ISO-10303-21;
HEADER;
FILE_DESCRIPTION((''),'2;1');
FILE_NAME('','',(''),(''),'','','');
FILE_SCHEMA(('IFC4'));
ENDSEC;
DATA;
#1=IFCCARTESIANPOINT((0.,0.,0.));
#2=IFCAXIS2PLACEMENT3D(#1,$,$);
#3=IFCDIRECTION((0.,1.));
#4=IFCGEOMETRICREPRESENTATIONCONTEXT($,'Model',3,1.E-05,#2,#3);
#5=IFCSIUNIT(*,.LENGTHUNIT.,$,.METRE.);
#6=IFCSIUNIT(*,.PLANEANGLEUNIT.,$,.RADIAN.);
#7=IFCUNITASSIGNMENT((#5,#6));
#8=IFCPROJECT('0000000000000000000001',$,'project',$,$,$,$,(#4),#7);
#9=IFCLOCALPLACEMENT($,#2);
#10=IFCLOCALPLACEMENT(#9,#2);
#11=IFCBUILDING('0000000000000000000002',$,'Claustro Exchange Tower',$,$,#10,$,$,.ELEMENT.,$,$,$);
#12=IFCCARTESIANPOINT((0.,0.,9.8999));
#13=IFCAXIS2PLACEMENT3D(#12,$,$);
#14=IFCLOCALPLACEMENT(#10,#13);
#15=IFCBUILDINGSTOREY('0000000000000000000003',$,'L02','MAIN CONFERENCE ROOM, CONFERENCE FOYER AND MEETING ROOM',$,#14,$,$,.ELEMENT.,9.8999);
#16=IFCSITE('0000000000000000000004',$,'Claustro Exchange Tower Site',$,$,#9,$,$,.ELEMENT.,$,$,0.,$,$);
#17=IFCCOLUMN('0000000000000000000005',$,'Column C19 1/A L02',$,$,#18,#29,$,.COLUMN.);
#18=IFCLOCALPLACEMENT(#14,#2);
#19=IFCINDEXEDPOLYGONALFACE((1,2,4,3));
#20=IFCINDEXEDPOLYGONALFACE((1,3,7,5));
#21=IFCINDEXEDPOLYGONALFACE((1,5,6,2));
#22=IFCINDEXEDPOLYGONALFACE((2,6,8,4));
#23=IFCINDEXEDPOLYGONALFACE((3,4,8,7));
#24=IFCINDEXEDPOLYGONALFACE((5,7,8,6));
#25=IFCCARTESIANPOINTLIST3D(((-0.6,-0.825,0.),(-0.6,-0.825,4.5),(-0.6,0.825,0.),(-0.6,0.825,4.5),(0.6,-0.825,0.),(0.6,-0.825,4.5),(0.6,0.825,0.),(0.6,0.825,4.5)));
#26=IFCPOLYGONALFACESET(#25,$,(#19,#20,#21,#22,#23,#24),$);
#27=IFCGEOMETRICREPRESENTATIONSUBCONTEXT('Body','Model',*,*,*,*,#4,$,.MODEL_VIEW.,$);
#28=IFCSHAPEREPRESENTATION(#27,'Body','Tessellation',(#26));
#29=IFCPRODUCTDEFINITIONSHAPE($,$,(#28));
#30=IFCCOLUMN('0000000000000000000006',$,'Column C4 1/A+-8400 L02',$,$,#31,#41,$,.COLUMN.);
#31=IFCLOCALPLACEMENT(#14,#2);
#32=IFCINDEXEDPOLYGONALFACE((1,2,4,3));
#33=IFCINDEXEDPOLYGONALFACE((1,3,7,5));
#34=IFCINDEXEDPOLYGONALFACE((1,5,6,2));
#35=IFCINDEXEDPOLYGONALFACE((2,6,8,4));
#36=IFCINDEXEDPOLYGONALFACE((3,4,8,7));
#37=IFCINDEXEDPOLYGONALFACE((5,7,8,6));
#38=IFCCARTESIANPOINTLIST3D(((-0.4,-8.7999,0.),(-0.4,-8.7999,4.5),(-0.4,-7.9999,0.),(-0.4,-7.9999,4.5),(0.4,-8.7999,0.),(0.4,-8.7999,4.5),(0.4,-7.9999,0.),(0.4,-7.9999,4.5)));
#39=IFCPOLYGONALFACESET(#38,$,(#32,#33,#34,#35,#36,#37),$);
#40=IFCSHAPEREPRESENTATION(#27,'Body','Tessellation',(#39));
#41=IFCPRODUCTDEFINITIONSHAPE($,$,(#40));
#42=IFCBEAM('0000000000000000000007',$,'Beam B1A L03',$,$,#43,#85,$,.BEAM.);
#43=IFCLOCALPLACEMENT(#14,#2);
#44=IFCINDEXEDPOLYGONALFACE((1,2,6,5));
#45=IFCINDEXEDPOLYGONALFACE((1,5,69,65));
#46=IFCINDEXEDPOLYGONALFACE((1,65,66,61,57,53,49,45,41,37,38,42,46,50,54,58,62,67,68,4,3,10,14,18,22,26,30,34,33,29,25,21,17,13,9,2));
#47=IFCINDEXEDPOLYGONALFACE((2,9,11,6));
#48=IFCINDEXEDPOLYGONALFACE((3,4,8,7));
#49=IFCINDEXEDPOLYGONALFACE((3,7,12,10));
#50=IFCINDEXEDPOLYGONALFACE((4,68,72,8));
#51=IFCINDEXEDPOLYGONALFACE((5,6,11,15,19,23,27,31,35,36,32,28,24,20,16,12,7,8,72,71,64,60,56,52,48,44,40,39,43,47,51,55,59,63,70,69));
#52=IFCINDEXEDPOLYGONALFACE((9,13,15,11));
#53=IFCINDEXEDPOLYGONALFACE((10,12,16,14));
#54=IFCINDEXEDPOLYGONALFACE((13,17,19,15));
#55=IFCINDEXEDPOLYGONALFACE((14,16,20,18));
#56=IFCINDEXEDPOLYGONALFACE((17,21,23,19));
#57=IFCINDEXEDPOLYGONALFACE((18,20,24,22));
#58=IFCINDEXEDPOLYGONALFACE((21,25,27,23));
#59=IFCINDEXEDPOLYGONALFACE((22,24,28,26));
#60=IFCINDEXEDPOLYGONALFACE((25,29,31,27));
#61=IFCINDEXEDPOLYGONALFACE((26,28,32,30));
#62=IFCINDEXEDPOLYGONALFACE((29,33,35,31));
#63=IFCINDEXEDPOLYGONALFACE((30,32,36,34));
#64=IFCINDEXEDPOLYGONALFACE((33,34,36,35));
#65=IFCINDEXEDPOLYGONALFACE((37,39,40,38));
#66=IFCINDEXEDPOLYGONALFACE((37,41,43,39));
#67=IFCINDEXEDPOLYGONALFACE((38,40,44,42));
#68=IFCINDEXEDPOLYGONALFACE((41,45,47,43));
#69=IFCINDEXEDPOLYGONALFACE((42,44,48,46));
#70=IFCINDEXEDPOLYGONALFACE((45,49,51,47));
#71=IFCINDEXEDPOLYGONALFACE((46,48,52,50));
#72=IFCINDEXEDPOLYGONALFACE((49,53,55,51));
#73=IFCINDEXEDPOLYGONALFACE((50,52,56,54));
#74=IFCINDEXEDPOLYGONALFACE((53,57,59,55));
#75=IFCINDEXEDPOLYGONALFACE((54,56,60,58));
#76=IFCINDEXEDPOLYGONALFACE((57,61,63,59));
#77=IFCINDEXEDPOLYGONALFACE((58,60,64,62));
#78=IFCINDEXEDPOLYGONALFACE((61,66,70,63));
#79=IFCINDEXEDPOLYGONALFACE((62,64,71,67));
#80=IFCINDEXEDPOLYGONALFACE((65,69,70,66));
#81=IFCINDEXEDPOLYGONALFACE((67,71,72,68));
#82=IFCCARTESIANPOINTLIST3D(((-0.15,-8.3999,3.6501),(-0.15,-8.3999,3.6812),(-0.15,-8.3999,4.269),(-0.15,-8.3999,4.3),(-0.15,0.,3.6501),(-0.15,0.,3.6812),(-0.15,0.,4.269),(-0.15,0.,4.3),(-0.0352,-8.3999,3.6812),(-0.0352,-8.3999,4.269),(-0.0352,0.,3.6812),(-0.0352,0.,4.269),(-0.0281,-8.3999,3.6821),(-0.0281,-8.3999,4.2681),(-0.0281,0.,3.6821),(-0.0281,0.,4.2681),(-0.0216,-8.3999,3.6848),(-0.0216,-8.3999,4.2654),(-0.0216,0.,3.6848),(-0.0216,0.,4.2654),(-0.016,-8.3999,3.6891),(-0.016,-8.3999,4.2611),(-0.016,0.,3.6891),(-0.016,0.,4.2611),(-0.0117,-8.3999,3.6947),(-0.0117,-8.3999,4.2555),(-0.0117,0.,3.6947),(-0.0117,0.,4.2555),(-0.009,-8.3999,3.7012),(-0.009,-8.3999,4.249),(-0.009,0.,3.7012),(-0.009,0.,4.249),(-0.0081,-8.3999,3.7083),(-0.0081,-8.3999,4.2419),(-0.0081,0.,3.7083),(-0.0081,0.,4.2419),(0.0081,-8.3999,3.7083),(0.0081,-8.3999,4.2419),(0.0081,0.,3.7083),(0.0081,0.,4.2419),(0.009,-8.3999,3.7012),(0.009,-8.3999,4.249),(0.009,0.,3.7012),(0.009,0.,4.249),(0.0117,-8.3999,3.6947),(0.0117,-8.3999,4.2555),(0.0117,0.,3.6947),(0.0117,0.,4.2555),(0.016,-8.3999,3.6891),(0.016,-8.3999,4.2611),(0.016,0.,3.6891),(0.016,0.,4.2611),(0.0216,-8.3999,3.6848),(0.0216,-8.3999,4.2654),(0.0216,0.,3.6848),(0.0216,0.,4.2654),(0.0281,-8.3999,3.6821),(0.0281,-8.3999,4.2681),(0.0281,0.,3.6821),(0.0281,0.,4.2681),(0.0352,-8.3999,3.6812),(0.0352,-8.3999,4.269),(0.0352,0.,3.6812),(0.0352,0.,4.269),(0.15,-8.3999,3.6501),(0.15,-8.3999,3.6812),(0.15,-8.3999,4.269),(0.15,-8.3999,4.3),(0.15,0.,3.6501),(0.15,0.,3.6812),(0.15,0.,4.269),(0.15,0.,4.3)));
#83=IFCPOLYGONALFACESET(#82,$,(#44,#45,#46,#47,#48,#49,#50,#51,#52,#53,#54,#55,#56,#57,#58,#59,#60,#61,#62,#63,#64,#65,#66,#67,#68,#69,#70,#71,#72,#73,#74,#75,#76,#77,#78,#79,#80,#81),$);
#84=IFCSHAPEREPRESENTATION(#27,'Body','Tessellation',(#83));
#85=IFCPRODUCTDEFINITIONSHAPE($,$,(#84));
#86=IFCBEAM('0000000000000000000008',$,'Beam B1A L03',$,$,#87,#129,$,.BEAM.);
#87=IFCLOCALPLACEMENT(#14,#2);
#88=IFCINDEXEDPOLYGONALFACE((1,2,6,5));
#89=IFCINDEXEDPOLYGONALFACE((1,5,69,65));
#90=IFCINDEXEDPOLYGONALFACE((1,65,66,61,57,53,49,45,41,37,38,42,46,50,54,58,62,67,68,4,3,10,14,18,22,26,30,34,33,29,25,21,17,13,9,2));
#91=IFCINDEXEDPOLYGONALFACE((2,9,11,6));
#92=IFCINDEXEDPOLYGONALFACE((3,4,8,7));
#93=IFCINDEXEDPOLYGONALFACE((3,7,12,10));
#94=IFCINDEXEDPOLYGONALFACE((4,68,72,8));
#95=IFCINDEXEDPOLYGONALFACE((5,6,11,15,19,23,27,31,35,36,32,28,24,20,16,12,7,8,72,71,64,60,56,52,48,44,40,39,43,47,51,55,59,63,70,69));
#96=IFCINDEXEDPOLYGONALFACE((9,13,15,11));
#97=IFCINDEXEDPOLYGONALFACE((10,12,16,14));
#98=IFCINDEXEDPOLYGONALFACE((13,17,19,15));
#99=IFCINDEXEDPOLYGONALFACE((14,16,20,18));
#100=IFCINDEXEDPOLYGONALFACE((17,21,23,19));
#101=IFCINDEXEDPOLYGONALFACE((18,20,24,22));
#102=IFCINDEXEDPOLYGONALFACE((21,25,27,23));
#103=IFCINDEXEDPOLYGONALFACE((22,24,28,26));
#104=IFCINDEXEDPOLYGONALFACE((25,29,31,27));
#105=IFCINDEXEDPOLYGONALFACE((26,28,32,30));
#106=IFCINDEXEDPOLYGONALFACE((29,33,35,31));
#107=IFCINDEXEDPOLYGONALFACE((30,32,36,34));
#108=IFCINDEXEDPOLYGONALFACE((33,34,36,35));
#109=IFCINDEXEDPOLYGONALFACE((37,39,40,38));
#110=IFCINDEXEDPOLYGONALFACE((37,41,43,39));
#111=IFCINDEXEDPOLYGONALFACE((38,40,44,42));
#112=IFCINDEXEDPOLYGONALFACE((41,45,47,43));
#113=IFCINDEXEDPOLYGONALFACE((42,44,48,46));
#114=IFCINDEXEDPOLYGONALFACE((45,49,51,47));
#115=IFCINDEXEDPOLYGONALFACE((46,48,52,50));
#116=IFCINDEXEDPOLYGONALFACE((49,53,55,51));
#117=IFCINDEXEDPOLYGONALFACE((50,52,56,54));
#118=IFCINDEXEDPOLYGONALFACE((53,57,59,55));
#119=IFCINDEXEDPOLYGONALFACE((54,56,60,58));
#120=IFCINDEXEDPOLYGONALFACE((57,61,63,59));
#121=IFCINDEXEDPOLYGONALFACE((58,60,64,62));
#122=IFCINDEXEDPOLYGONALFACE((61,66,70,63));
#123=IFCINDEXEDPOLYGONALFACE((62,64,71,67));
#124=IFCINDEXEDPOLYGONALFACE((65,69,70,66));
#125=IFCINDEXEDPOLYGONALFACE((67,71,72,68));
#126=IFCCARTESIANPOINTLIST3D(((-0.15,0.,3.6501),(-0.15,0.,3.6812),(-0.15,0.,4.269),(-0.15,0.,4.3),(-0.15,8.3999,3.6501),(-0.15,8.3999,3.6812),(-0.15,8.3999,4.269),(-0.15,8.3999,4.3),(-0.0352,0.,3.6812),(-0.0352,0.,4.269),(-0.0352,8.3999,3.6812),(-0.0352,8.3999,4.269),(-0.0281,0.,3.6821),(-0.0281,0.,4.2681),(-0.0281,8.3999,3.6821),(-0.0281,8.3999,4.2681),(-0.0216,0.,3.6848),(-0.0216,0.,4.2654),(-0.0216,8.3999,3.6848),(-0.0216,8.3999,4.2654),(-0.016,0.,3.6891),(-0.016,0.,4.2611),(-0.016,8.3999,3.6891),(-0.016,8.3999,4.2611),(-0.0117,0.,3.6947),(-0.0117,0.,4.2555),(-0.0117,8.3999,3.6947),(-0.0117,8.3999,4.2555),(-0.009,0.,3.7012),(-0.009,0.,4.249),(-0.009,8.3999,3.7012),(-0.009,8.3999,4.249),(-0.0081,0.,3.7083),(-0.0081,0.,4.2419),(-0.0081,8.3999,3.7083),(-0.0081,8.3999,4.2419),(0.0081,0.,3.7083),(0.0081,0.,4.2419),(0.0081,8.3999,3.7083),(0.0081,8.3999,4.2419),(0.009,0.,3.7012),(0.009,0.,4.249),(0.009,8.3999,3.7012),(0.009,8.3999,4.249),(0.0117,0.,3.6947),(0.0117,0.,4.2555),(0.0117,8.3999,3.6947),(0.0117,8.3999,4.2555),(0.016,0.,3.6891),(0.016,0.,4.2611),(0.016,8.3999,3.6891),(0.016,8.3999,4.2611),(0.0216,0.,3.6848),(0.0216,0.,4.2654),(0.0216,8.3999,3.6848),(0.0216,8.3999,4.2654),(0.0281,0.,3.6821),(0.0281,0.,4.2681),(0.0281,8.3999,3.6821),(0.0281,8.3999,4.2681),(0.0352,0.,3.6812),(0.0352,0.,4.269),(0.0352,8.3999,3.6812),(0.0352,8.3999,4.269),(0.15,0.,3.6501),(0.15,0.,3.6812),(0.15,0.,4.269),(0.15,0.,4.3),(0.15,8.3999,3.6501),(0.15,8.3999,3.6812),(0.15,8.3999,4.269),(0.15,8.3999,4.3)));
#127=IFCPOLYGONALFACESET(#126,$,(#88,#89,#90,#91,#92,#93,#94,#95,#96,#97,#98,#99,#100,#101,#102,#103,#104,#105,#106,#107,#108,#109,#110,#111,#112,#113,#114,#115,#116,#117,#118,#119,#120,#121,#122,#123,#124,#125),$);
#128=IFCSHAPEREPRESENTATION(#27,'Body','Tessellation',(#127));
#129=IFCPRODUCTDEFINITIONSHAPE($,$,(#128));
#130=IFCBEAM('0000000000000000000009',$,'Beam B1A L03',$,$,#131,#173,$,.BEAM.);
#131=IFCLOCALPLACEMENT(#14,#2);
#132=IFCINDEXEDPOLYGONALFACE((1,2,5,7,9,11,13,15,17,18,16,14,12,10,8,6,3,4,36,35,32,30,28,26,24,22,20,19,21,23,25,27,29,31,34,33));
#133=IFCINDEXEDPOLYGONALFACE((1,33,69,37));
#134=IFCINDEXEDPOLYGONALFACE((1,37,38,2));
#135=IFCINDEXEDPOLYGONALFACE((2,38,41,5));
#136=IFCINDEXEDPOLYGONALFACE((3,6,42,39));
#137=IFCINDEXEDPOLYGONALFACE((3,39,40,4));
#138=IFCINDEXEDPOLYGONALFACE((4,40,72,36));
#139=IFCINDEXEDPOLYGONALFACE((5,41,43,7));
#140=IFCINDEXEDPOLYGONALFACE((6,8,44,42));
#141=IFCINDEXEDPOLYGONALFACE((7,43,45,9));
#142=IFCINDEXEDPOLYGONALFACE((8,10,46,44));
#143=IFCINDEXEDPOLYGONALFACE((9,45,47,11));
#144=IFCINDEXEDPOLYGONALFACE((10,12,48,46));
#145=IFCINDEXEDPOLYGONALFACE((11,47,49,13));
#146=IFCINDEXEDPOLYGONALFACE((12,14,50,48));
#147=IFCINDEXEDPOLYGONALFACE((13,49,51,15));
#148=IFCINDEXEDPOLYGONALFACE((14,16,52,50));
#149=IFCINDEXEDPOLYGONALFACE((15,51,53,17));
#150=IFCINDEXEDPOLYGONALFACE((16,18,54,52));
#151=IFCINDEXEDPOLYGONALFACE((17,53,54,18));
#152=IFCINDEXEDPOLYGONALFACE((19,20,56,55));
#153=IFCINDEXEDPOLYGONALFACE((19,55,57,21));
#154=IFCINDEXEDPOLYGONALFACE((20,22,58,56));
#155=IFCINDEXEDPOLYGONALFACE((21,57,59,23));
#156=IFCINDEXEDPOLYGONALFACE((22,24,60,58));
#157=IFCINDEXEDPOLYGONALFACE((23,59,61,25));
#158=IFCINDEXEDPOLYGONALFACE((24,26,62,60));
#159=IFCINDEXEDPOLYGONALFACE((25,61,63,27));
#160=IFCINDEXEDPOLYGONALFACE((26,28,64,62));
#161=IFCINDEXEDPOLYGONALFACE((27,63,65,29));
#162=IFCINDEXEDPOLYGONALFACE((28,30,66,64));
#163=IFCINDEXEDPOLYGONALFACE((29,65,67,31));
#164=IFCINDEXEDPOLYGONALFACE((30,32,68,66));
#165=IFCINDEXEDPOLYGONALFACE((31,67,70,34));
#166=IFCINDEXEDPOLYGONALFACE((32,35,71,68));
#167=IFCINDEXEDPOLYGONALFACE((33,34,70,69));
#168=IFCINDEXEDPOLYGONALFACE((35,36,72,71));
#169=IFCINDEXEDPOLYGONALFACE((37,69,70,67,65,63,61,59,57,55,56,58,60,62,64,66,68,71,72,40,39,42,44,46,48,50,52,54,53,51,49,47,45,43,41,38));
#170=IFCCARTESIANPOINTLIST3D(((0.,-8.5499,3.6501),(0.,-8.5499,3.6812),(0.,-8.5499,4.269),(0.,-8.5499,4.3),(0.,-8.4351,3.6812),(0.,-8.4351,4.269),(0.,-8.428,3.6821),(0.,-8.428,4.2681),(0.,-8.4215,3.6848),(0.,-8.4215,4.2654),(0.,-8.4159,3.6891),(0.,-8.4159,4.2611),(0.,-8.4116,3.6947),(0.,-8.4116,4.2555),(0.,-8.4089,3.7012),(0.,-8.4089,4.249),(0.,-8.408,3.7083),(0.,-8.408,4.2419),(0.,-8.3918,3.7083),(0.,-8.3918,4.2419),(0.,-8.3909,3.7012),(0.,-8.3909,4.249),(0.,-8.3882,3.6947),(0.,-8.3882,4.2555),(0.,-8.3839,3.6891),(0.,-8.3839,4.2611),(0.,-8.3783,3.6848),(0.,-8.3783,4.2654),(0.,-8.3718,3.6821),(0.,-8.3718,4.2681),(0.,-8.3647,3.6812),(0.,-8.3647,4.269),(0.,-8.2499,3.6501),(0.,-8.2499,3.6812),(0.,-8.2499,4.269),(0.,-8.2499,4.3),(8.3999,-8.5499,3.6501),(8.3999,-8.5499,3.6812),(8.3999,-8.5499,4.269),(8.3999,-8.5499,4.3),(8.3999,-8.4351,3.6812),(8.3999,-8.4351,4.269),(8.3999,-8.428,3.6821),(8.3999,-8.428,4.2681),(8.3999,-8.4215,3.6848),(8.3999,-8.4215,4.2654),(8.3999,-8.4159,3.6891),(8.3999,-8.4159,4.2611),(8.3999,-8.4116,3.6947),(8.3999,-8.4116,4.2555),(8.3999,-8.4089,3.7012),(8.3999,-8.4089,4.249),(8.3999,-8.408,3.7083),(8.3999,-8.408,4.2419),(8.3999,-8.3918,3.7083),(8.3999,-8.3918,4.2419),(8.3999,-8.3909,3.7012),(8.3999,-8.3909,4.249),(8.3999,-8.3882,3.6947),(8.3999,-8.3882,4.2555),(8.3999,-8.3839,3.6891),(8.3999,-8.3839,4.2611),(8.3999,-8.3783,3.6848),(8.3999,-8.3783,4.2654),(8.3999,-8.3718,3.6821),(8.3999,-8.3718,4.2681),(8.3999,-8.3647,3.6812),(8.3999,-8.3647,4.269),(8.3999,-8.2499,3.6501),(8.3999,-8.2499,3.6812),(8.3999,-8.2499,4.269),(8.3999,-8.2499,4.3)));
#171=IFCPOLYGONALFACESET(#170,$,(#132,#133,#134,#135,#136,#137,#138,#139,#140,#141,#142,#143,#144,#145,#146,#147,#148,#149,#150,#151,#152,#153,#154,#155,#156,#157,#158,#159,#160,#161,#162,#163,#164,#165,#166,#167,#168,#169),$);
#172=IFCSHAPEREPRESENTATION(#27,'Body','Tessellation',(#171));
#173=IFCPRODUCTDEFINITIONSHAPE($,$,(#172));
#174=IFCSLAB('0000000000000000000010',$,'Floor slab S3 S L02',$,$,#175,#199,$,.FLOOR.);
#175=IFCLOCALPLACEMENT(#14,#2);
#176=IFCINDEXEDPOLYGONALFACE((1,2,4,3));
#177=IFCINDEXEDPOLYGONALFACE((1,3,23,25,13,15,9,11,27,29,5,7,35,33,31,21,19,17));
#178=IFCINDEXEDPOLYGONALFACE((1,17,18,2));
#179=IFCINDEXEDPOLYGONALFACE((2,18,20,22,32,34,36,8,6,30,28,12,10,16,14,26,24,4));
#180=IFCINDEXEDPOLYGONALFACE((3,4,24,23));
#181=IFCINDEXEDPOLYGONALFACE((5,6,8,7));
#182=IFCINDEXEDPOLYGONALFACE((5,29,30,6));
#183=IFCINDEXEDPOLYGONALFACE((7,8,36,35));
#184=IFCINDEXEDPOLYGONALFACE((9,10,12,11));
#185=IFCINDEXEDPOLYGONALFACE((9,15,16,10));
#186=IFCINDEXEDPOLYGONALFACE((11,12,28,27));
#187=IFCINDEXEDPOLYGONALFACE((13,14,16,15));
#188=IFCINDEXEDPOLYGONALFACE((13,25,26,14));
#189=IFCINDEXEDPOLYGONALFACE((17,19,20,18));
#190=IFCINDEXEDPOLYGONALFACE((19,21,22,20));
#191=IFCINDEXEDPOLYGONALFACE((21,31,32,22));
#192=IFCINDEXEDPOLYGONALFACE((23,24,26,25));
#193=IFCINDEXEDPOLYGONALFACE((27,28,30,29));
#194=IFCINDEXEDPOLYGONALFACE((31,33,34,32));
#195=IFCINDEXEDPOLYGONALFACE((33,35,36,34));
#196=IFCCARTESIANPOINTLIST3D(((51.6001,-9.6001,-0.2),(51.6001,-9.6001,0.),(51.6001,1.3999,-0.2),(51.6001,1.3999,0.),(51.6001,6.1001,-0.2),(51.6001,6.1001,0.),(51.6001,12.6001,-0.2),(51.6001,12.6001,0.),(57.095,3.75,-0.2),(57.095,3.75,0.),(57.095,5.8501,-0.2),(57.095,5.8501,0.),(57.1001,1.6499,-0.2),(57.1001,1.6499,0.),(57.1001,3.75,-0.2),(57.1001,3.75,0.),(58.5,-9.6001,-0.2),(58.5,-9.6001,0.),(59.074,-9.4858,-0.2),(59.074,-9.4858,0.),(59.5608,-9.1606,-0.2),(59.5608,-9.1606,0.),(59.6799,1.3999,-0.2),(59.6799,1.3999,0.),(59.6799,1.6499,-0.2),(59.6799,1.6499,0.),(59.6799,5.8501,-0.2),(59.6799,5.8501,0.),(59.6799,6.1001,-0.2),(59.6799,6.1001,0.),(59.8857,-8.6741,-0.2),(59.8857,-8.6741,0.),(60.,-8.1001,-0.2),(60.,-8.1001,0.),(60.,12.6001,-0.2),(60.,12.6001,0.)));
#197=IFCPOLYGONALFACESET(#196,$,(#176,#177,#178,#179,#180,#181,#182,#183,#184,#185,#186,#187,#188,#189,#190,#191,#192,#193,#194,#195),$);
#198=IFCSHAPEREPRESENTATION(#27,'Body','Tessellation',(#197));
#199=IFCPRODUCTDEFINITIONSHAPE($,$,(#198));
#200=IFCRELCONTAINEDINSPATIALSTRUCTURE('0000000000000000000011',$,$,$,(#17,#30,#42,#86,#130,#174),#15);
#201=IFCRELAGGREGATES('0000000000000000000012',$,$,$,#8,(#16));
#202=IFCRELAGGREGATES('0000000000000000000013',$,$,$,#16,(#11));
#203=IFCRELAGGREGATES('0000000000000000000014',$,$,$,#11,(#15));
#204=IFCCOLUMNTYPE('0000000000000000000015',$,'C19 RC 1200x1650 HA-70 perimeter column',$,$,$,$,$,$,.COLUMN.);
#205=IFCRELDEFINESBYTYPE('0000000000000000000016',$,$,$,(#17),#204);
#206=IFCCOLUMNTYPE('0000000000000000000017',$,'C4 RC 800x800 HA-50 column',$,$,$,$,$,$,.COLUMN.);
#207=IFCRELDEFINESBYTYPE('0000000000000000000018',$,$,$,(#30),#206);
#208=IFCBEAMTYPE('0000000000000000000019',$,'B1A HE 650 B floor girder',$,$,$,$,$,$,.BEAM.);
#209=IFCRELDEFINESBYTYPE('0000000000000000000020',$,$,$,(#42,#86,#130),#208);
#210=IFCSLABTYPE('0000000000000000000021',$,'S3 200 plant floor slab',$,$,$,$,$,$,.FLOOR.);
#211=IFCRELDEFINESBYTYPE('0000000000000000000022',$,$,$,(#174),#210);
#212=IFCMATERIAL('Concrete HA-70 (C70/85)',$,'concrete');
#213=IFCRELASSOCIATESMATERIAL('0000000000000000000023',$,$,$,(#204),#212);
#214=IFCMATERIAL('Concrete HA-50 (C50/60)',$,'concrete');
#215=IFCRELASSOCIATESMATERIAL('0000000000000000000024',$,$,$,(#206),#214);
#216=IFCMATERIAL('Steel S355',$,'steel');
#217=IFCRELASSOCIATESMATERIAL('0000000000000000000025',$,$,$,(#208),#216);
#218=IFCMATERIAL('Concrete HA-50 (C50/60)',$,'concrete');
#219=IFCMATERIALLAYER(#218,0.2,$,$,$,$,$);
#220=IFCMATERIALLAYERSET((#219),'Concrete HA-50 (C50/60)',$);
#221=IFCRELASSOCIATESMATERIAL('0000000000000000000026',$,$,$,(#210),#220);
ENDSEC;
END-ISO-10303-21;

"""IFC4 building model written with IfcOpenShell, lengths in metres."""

from ifc_helpers import new_model, si_unit, direction, frame, origin, origin_with_axes, origin_2d, place, context, subcontext, project, spatial, polyline, rectangle, i_section, outline, extrude, material, layer, layer_set, material_profile, profile_set, type_object, element, save


model = new_model("IFC4")

# Units and contexts
model_context = context("Model", 3, precision=1e-05, world=origin(), true_north=direction((0.0, 1.0)))
body_context = subcontext(model_context, "Body", "Model", "MODEL_VIEW")
ifc_project = project(units=[si_unit("LENGTHUNIT", "METRE"), si_unit("PLANEANGLEUNIT", "RADIAN")], contexts=[model_context])

# Site, building, storey
site_placement = place(None, origin())
site = spatial("IfcSite", under=ifc_project, at=site_placement, Name="Claustro Exchange Tower Site", CompositionType="ELEMENT", RefElevation=0.0)
building_placement = place(site_placement, origin())
building = spatial("IfcBuilding", under=site, at=building_placement, Name="Claustro Exchange Tower", CompositionType="ELEMENT")
storey_placement = place(building_placement, frame((0.0, 0.0, 9.8999)))
storey = spatial("IfcBuildingStorey", under=building, at=storey_placement, Name="L02", Description="MAIN CONFERENCE ROOM, CONFERENCE FOYER AND MEETING ROOM", CompositionType="ELEMENT", Elevation=9.8999)

# Columns
ifc_material_1 = material(Name="Concrete HA-70 (C70/85)", Category="concrete")
ifc_material_profile_1 = material_profile(ifc_material_1, rectangle(XDim=1.2, YDim=1.6499, at=origin_2d()), Name="RC 1200x1650")
ifc_profile_set_1 = profile_set([ifc_material_profile_1], Name="Concrete HA-70 (C70/85)")
column_type_1 = type_object("IfcColumnType", Name="C19 RC 1200x1650 HA-70 perimeter column", PredefinedType="COLUMN", material=ifc_profile_set_1)
column_1_placement = place(storey_placement, origin_with_axes())
element("IfcColumn", 1, at=column_1_placement, inside=storey, type_object=column_type_1, Name="Column C19 1/A L02", PredefinedType="COLUMN", context=body_context, shape_type="SweptSolid", body=[
    extrude(rectangle(XDim=1.2, YDim=1.6499, at=origin_2d()), origin(), (0.0, 0.0, 1.0), 4.5),
])
ifc_material_2 = material(Name="Concrete HA-50 (C50/60)", Category="concrete")
ifc_material_profile_2 = material_profile(ifc_material_2, rectangle(XDim=0.8, YDim=0.8, at=origin_2d()), Name="RC 800x800")
ifc_profile_set_2 = profile_set([ifc_material_profile_2], Name="Concrete HA-50 (C50/60)")
column_type_2 = type_object("IfcColumnType", Name="C4 RC 800x800 HA-50 column", PredefinedType="COLUMN", material=ifc_profile_set_2)
column_2_placement = place(storey_placement, frame((0.0, -8.3999, 0.0), z_axis=(0.0, 0.0, 1.0), x_axis=(1.0, 0.0, 0.0)))
element("IfcColumn", 2, at=column_2_placement, inside=storey, type_object=column_type_2, Name="Column C4 1/A+-8400 L02", PredefinedType="COLUMN", context=body_context, shape_type="SweptSolid", body=[
    extrude(rectangle(XDim=0.8, YDim=0.8, at=origin_2d()), origin(), (0.0, 0.0, 1.0), 4.5),
])

# Beams
ifc_material_3 = material(Name="Steel S355", Category="steel")
ifc_material_profile_3 = material_profile(ifc_material_3, i_section(OverallWidth=0.3, OverallDepth=0.6499, WebThickness=0.0161, FlangeThickness=0.031, FilletRadius=0.0271, at=origin_2d()), Name="HE 650 B")
ifc_profile_set_3 = profile_set([ifc_material_profile_3], Name="Steel S355")
beam_type = type_object("IfcBeamType", Name="B1A HE 650 B floor girder", PredefinedType="BEAM", material=ifc_profile_set_3)
for number, where, z_axis, x_axis, name in (
    (3, (0.0, -8.3999, 3.9751), (0.0, 1.0, 0.0), (-1.0, 0.0, 0.0), "Beam B1A L03"),
    (4, (0.0, 0.0, 3.9751), (0.0, 1.0, 0.0), (-1.0, 0.0, 0.0), "Beam B1A L03"),
    (5, (0.0, -8.3999, 3.9751), (1.0, 0.0, 0.0), (0.0, 1.0, 0.0), "Beam B1A L03"),
):
    element("IfcBeam", number, at=place(storey_placement, frame(where, z_axis=z_axis, x_axis=x_axis)), inside=storey, type_object=beam_type, Name=name, PredefinedType="BEAM", context=body_context, shape_type="SweptSolid", body=[
        extrude(i_section(OverallWidth=0.3, OverallDepth=0.6499, WebThickness=0.0161, FlangeThickness=0.031, FilletRadius=0.0271, at=origin_2d()), origin(), (0.0, 0.0, 1.0), 8.3999),
    ])

# Slab
ifc_material_4 = material(Name="Concrete HA-50 (C50/60)", Category="concrete")
ifc_layer_1 = layer(ifc_material_4, 0.2)
ifc_layer_set_1 = layer_set([ifc_layer_1], Name="Concrete HA-50 (C50/60)")
slab_type_1 = type_object("IfcSlabType", Name="S3 200 plant floor slab", PredefinedType="FLOOR", material=ifc_layer_set_1)
slab_1_placement = place(storey_placement, frame((0.0, 0.0, -0.2)))
element("IfcSlab", 6, at=slab_1_placement, inside=storey, type_object=slab_type_1, Name="Floor slab S3 S L02", PredefinedType="FLOOR", context=body_context, shape_type="SweptSolid", body=[
    extrude(outline(polyline([(60.0, -8.1001), (60.0, 12.6001), (51.6001, 12.6001), (51.6001, 6.1001), (59.6799, 6.1001), (59.6799, 5.8501), (57.095, 5.8501), (57.095, 3.75), (57.1001, 3.75), (57.1001, 1.6499), (59.6799, 1.6499), (59.6799, 1.3999), (51.6001, 1.3999), (51.6001, -9.6001), (58.5, -9.6001), (59.074, -9.4858), (59.5608, -9.1606), (59.8857, -8.6741), (60.0, -8.1001)])), origin(), (0.0, 0.0, 1.0), 0.2),
])

save(model, "model.ifc")
